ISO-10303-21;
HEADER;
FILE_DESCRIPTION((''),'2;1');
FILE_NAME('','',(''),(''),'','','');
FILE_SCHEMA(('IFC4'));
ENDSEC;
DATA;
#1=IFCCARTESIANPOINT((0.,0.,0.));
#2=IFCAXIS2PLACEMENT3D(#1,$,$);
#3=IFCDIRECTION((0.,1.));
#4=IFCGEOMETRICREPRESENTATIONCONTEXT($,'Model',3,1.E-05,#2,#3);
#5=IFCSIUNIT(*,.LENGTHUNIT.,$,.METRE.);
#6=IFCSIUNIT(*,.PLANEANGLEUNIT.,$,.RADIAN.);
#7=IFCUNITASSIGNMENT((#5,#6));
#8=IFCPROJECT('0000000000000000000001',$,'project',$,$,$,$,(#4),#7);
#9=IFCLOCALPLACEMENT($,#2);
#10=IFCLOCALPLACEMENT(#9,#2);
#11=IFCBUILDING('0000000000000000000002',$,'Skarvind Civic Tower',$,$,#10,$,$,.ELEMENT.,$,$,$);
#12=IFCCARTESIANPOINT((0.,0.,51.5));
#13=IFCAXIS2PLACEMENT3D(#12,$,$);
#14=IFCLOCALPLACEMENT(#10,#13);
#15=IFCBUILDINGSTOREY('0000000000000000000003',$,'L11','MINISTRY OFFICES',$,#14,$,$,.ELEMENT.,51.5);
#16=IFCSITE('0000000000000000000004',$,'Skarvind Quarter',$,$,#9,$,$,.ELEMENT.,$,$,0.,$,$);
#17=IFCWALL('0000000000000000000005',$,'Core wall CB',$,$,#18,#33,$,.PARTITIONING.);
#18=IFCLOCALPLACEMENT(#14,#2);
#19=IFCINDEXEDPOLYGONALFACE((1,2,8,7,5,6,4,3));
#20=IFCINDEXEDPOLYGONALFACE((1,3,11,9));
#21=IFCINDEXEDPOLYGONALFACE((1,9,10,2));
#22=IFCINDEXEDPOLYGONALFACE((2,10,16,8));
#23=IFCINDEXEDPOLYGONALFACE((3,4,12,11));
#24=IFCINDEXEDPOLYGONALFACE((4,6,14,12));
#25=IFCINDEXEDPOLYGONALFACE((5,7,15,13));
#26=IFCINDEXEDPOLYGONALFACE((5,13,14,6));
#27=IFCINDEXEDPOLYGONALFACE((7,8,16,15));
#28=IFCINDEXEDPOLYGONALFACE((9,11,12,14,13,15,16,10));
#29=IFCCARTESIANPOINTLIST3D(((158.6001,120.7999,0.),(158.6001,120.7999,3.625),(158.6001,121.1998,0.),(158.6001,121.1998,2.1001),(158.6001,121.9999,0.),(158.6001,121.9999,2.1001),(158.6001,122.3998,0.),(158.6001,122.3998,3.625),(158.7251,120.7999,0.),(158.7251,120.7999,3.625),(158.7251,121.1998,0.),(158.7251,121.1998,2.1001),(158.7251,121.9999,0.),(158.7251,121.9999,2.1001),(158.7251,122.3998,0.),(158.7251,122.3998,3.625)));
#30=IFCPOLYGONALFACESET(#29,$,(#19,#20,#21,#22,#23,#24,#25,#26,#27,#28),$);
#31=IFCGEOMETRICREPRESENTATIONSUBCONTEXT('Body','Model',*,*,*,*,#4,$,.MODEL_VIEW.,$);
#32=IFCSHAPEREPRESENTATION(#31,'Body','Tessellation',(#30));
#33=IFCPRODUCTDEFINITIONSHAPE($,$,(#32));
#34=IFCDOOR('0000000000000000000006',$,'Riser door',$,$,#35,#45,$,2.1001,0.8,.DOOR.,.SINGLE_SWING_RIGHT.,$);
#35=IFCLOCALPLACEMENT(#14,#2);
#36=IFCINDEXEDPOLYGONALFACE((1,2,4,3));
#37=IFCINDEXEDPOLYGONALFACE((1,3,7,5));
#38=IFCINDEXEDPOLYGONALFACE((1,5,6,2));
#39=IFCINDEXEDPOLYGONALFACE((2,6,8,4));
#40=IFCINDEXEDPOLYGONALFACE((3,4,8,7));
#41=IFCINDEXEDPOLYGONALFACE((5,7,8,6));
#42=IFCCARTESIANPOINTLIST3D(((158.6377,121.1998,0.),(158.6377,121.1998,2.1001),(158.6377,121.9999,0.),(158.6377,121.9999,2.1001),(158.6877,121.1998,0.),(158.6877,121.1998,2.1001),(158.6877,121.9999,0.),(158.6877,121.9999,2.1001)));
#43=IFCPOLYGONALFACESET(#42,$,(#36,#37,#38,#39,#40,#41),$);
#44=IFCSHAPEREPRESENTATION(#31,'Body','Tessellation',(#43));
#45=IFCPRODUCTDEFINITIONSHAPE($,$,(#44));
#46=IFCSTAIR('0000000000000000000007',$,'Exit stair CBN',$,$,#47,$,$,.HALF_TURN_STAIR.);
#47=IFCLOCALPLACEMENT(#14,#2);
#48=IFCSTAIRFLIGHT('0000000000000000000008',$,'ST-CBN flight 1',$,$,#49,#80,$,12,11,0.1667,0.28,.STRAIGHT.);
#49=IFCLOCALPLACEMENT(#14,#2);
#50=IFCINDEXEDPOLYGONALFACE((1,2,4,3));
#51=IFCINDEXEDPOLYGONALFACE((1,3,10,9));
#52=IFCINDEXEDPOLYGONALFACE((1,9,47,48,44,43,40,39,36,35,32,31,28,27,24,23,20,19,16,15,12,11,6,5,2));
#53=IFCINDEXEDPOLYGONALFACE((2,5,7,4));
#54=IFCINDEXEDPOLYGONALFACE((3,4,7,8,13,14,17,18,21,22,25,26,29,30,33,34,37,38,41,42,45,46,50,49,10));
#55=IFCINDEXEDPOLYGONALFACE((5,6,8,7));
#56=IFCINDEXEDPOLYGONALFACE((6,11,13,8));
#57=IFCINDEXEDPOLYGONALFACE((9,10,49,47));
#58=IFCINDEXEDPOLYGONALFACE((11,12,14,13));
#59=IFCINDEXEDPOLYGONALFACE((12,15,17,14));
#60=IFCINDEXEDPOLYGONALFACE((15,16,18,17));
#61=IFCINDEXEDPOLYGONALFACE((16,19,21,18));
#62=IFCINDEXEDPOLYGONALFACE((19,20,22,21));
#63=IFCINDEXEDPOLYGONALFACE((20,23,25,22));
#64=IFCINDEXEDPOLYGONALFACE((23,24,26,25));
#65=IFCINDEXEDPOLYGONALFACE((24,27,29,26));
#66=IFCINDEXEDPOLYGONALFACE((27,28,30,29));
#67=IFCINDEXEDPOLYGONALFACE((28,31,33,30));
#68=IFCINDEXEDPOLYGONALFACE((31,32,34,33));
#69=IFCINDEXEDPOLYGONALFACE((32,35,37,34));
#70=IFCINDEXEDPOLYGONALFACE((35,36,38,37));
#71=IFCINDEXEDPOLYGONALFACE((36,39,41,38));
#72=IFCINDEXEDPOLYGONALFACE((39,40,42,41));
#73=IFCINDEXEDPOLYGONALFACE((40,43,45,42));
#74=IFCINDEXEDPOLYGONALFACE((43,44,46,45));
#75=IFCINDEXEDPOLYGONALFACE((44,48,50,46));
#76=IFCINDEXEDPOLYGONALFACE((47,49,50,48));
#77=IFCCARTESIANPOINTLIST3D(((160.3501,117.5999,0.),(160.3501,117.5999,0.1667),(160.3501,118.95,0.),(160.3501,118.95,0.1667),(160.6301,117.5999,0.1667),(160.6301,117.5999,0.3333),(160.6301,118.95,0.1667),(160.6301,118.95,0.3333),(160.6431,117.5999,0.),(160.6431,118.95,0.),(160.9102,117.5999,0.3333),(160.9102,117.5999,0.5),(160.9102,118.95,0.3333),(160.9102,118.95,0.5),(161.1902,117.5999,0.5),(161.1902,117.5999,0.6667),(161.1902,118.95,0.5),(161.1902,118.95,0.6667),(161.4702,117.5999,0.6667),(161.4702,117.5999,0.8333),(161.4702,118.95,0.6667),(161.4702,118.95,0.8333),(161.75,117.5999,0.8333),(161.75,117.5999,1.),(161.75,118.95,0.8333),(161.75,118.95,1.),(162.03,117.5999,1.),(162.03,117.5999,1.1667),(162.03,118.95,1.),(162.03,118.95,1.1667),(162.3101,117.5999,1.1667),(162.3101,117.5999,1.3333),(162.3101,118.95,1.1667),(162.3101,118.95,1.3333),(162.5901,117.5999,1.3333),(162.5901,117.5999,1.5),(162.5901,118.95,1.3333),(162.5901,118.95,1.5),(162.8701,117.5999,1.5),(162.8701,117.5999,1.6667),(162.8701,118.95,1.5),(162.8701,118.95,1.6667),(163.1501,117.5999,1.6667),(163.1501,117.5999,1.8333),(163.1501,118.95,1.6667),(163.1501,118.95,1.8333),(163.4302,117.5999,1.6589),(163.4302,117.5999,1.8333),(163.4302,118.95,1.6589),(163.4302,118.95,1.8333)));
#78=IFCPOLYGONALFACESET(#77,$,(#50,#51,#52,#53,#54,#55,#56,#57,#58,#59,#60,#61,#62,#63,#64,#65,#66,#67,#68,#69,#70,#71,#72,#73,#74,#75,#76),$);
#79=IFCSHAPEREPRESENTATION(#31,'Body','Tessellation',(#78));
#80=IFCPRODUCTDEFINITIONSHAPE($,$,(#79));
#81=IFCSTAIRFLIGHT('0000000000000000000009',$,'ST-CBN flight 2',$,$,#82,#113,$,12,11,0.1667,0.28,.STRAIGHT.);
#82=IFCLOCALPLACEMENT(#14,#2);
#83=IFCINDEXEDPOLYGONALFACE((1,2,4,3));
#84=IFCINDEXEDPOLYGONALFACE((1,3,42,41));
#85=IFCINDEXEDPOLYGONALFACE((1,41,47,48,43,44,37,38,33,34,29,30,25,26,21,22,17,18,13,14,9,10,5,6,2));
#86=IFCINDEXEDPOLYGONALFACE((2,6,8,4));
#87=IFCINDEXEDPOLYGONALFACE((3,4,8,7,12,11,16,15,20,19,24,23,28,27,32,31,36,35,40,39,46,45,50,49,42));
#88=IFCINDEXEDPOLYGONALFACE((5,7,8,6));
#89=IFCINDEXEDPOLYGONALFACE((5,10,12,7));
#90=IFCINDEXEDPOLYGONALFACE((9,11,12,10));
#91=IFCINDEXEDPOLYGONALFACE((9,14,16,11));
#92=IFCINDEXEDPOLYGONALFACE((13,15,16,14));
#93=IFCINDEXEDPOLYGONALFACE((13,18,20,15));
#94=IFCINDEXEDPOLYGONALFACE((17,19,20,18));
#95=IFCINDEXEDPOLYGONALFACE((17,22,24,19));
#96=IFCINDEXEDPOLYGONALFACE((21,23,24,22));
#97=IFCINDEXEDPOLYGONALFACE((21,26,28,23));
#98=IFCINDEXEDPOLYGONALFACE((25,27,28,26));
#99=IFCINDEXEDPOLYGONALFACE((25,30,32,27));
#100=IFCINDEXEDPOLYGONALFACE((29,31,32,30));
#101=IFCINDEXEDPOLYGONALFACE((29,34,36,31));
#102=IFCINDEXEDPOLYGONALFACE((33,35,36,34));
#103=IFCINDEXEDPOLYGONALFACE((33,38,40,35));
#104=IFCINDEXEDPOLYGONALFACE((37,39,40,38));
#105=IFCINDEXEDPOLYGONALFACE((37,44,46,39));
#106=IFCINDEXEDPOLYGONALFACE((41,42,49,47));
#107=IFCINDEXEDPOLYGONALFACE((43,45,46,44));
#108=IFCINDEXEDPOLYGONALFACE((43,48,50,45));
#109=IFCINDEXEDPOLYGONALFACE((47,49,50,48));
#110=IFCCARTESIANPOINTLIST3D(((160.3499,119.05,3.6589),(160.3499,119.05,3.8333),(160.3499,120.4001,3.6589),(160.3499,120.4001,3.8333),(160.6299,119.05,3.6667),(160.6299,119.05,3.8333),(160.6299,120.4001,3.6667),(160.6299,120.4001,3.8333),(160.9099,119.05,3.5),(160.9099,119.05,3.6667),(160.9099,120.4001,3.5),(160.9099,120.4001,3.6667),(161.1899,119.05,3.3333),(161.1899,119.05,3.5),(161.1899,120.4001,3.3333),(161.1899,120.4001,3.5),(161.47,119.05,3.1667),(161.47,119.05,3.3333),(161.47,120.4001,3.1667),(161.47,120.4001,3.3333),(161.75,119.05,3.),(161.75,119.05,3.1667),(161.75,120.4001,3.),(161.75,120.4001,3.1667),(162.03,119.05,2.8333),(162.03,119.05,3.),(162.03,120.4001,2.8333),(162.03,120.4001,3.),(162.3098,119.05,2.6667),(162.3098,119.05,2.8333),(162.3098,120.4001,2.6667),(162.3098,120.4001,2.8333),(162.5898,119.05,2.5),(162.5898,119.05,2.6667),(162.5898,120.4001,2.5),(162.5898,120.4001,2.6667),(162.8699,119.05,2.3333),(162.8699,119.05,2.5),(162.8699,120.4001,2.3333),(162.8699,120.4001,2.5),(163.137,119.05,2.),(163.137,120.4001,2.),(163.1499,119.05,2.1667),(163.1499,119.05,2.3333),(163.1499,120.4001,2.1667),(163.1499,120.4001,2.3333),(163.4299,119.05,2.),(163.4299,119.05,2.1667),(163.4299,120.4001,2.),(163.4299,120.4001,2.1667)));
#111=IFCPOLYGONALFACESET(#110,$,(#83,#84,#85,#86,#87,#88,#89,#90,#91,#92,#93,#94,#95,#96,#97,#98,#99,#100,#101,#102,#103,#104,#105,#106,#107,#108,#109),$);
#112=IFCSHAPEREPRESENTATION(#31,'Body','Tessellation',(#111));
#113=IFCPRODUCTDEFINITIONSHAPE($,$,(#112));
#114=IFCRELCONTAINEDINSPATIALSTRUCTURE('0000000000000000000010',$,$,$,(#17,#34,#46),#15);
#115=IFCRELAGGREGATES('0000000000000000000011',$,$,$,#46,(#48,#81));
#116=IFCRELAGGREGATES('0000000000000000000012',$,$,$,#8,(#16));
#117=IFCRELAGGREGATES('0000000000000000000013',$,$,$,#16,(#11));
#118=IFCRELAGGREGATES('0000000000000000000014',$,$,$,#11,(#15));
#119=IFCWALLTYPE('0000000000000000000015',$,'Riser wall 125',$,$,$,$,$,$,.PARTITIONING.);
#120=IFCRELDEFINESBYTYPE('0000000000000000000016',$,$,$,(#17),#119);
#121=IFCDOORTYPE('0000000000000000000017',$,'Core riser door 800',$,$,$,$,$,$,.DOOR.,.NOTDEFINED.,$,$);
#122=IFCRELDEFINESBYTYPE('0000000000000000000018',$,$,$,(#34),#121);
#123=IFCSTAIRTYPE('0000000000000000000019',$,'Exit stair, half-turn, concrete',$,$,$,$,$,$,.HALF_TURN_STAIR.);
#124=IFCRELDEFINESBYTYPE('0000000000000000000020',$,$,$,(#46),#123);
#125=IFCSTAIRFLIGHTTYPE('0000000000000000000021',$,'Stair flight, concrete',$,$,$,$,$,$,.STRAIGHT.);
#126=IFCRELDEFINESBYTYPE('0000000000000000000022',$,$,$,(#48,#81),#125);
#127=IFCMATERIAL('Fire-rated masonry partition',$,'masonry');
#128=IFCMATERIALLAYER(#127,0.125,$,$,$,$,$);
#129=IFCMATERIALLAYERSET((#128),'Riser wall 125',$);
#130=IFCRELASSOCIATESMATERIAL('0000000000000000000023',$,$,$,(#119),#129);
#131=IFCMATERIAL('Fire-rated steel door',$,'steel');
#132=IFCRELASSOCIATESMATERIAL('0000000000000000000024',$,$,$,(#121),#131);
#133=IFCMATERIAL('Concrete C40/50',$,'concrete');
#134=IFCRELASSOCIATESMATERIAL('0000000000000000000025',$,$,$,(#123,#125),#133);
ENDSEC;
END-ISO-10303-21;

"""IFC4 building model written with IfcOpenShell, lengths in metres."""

from ifc_helpers import new_model, si_unit, direction, frame, frame_2d, origin, place, context, subcontext, project, spatial, polyline, rectangle, outline, extrude, material, layer, layer_set, type_object, element, fill, aggregate, save


model = new_model("IFC4")

# Units and contexts
model_context = context("Model", 3, precision=1e-05, world=origin(), true_north=direction((0.0, 1.0)))
body_context = subcontext(model_context, "Body", "Model", "MODEL_VIEW")
ifc_project = project(units=[si_unit("LENGTHUNIT", "METRE"), si_unit("PLANEANGLEUNIT", "RADIAN")], contexts=[model_context])

# Site, building, storey
site_placement = place(None, origin())
site = spatial("IfcSite", under=ifc_project, at=site_placement, Name="Skarvind Quarter", CompositionType="ELEMENT", RefElevation=0.0)
building_placement = place(site_placement, origin())
building = spatial("IfcBuilding", under=site, at=building_placement, Name="Skarvind Civic Tower", CompositionType="ELEMENT")
storey_placement = place(building_placement, frame((0.0, 0.0, 51.5)))
storey = spatial("IfcBuildingStorey", under=building, at=storey_placement, Name="L11", Description="MINISTRY OFFICES", CompositionType="ELEMENT", Elevation=51.5)

# Shared definitions
ifc_material_1 = material(Name="Fire-rated masonry partition", Category="masonry")
ifc_material_2 = material(Name="Fire-rated steel door", Category="steel")

# Wall, opening, door
ifc_layer_1 = layer(ifc_material_1, 0.125)
ifc_layer_set_1 = layer_set([ifc_layer_1], Name="Riser wall 125")
wall_type_1 = type_object("IfcWallType", Name="Riser wall 125", PredefinedType="PARTITIONING", material=ifc_layer_set_1)
wall_1_placement = place(storey_placement, frame((158.6626, 120.8, 0.0), z_axis=(0.0, 0.0, 1.0), x_axis=(0.0, 1.0, 0.0)))
wall_1 = element("IfcWall", 1, at=wall_1_placement, inside=storey, type_object=wall_type_1, Name="Core wall CB", PredefinedType="PARTITIONING", context=body_context, shape_type="SweptSolid", body=[
    extrude(rectangle(XDim=1.5999, YDim=0.125, at=frame_2d((0.7998, 0.0))), origin(), (0.0, 0.0, 1.0), 3.625),
])
opening_1_placement = place(wall_1_placement, frame((0.3999, 0.0, 0.0)))
opening_1 = element("IfcOpeningElement", 2, at=opening_1_placement, cuts=wall_1, PredefinedType="OPENING", context=body_context, shape_type="SweptSolid", body=[
    extrude(rectangle(XDim=0.8, YDim=2.1001, at=frame_2d((0.3999, 1.05))), frame((0.0, 0.0725, 0.0), z_axis=(0.0, -1.0, 0.0), x_axis=(1.0, 0.0, 0.0)), (0.0, 0.0, 1.0), 0.145),
])
door_type_1 = type_object("IfcDoorType", Name="Core riser door 800", OperationType="NOTDEFINED", PredefinedType="DOOR", material=ifc_material_2)
door_1_placement = place(opening_1_placement, origin())
door_1 = element("IfcDoor", 3, at=door_1_placement, inside=storey, type_object=door_type_1, Name="Riser door", OperationType="SINGLE_SWING_RIGHT", OverallHeight=2.1001, OverallWidth=0.8, PredefinedType="DOOR", context=body_context, shape_type="SweptSolid", body=[
    extrude(rectangle(XDim=0.8, YDim=2.1001, at=frame_2d((0.3999, 1.05))), frame((0.0, 0.0249, 0.0), z_axis=(0.0, -1.0, 0.0), x_axis=(1.0, 0.0, 0.0)), (0.0, 0.0, 1.0), 0.05),
])
fill(opening_1, door_1)

# Stair, stair flights
ifc_material_3 = material(Name="Concrete C40/50", Category="concrete")
stair_type = type_object("IfcStairType", Name="Exit stair, half-turn, concrete", PredefinedType="HALF_TURN_STAIR", material=ifc_material_3)
stair_placement = place(storey_placement, origin())
stair = element("IfcStair", 4, at=stair_placement, inside=storey, type_object=stair_type, Name="Exit stair CBN", PredefinedType="HALF_TURN_STAIR")
stair_flight_type = type_object("IfcStairFlightType", Name="Stair flight, concrete", PredefinedType="STRAIGHT", material=ifc_material_3)
stair_flight_1_placement = place(storey_placement, frame((160.3501, 118.2749, 0.0), z_axis=(0.0, 0.0, 1.0), x_axis=(1.0, 0.0, 0.0)))
stair_flight_1 = element("IfcStairFlight", 5, at=stair_flight_1_placement, type_object=stair_flight_type, Name="ST-CBN flight 1", NumberOfRisers=12, NumberOfTreads=11, PredefinedType="STRAIGHT", RiserHeight=0.1667, TreadLength=0.28, context=body_context, shape_type="SweptSolid", body=[
    extrude(outline(polyline([(0.0, 0.0), (0.0, 0.1667), (0.28, 0.1667), (0.28, 0.3333), (0.5601, 0.3333), (0.5601, 0.5), (0.8401, 0.5), (0.8401, 0.6667), (1.1201, 0.6667), (1.1201, 0.8333), (1.3999, 0.8333), (1.3999, 1.0), (1.6799, 1.0), (1.6799, 1.1667), (1.96, 1.1667), (1.96, 1.3333), (2.24, 1.3333), (2.24, 1.5), (2.52, 1.5), (2.52, 1.6667), (2.8, 1.6667), (2.8, 1.8333), (3.0801, 1.8333), (3.0801, 2.0), (3.0801, 1.6589), (0.293, 0.0), (0.0, 0.0)])), frame((0.0, 0.675, 0.0), z_axis=(0.0, -1.0, 0.0), x_axis=(1.0, 0.0, 0.0)), (0.0, 0.0, 1.0), 1.3501),
])
stair_flight_2_placement = place(storey_placement, frame((163.4299, 119.7251, 2.0), z_axis=(0.0, 0.0, 1.0), x_axis=(-1.0, 0.0, 0.0)))
stair_flight_2 = element("IfcStairFlight", 6, at=stair_flight_2_placement, type_object=stair_flight_type, Name="ST-CBN flight 2", NumberOfRisers=12, NumberOfTreads=11, PredefinedType="STRAIGHT", RiserHeight=0.1667, TreadLength=0.28, context=body_context, shape_type="SweptSolid", body=[
    extrude(outline(polyline([(0.0, 0.0), (0.0, 0.1667), (0.28, 0.1667), (0.28, 0.3333), (0.5601, 0.3333), (0.5601, 0.5), (0.8401, 0.5), (0.8401, 0.6667), (1.1201, 0.6667), (1.1201, 0.8333), (1.3999, 0.8333), (1.3999, 1.0), (1.6799, 1.0), (1.6799, 1.1667), (1.96, 1.1667), (1.96, 1.3333), (2.24, 1.3333), (2.24, 1.5), (2.52, 1.5), (2.52, 1.6667), (2.8, 1.6667), (2.8, 1.8333), (3.0801, 1.8333), (3.0801, 2.0), (3.0801, 1.6589), (0.293, 0.0), (0.0, 0.0)])), frame((0.0, 0.675, 0.0), z_axis=(0.0, -1.0, 0.0), x_axis=(1.0, 0.0, 0.0)), (0.0, 0.0, 1.0), 1.3501),
])
aggregate(stair, [stair_flight_1, stair_flight_2])

save(model, "model.ifc")
